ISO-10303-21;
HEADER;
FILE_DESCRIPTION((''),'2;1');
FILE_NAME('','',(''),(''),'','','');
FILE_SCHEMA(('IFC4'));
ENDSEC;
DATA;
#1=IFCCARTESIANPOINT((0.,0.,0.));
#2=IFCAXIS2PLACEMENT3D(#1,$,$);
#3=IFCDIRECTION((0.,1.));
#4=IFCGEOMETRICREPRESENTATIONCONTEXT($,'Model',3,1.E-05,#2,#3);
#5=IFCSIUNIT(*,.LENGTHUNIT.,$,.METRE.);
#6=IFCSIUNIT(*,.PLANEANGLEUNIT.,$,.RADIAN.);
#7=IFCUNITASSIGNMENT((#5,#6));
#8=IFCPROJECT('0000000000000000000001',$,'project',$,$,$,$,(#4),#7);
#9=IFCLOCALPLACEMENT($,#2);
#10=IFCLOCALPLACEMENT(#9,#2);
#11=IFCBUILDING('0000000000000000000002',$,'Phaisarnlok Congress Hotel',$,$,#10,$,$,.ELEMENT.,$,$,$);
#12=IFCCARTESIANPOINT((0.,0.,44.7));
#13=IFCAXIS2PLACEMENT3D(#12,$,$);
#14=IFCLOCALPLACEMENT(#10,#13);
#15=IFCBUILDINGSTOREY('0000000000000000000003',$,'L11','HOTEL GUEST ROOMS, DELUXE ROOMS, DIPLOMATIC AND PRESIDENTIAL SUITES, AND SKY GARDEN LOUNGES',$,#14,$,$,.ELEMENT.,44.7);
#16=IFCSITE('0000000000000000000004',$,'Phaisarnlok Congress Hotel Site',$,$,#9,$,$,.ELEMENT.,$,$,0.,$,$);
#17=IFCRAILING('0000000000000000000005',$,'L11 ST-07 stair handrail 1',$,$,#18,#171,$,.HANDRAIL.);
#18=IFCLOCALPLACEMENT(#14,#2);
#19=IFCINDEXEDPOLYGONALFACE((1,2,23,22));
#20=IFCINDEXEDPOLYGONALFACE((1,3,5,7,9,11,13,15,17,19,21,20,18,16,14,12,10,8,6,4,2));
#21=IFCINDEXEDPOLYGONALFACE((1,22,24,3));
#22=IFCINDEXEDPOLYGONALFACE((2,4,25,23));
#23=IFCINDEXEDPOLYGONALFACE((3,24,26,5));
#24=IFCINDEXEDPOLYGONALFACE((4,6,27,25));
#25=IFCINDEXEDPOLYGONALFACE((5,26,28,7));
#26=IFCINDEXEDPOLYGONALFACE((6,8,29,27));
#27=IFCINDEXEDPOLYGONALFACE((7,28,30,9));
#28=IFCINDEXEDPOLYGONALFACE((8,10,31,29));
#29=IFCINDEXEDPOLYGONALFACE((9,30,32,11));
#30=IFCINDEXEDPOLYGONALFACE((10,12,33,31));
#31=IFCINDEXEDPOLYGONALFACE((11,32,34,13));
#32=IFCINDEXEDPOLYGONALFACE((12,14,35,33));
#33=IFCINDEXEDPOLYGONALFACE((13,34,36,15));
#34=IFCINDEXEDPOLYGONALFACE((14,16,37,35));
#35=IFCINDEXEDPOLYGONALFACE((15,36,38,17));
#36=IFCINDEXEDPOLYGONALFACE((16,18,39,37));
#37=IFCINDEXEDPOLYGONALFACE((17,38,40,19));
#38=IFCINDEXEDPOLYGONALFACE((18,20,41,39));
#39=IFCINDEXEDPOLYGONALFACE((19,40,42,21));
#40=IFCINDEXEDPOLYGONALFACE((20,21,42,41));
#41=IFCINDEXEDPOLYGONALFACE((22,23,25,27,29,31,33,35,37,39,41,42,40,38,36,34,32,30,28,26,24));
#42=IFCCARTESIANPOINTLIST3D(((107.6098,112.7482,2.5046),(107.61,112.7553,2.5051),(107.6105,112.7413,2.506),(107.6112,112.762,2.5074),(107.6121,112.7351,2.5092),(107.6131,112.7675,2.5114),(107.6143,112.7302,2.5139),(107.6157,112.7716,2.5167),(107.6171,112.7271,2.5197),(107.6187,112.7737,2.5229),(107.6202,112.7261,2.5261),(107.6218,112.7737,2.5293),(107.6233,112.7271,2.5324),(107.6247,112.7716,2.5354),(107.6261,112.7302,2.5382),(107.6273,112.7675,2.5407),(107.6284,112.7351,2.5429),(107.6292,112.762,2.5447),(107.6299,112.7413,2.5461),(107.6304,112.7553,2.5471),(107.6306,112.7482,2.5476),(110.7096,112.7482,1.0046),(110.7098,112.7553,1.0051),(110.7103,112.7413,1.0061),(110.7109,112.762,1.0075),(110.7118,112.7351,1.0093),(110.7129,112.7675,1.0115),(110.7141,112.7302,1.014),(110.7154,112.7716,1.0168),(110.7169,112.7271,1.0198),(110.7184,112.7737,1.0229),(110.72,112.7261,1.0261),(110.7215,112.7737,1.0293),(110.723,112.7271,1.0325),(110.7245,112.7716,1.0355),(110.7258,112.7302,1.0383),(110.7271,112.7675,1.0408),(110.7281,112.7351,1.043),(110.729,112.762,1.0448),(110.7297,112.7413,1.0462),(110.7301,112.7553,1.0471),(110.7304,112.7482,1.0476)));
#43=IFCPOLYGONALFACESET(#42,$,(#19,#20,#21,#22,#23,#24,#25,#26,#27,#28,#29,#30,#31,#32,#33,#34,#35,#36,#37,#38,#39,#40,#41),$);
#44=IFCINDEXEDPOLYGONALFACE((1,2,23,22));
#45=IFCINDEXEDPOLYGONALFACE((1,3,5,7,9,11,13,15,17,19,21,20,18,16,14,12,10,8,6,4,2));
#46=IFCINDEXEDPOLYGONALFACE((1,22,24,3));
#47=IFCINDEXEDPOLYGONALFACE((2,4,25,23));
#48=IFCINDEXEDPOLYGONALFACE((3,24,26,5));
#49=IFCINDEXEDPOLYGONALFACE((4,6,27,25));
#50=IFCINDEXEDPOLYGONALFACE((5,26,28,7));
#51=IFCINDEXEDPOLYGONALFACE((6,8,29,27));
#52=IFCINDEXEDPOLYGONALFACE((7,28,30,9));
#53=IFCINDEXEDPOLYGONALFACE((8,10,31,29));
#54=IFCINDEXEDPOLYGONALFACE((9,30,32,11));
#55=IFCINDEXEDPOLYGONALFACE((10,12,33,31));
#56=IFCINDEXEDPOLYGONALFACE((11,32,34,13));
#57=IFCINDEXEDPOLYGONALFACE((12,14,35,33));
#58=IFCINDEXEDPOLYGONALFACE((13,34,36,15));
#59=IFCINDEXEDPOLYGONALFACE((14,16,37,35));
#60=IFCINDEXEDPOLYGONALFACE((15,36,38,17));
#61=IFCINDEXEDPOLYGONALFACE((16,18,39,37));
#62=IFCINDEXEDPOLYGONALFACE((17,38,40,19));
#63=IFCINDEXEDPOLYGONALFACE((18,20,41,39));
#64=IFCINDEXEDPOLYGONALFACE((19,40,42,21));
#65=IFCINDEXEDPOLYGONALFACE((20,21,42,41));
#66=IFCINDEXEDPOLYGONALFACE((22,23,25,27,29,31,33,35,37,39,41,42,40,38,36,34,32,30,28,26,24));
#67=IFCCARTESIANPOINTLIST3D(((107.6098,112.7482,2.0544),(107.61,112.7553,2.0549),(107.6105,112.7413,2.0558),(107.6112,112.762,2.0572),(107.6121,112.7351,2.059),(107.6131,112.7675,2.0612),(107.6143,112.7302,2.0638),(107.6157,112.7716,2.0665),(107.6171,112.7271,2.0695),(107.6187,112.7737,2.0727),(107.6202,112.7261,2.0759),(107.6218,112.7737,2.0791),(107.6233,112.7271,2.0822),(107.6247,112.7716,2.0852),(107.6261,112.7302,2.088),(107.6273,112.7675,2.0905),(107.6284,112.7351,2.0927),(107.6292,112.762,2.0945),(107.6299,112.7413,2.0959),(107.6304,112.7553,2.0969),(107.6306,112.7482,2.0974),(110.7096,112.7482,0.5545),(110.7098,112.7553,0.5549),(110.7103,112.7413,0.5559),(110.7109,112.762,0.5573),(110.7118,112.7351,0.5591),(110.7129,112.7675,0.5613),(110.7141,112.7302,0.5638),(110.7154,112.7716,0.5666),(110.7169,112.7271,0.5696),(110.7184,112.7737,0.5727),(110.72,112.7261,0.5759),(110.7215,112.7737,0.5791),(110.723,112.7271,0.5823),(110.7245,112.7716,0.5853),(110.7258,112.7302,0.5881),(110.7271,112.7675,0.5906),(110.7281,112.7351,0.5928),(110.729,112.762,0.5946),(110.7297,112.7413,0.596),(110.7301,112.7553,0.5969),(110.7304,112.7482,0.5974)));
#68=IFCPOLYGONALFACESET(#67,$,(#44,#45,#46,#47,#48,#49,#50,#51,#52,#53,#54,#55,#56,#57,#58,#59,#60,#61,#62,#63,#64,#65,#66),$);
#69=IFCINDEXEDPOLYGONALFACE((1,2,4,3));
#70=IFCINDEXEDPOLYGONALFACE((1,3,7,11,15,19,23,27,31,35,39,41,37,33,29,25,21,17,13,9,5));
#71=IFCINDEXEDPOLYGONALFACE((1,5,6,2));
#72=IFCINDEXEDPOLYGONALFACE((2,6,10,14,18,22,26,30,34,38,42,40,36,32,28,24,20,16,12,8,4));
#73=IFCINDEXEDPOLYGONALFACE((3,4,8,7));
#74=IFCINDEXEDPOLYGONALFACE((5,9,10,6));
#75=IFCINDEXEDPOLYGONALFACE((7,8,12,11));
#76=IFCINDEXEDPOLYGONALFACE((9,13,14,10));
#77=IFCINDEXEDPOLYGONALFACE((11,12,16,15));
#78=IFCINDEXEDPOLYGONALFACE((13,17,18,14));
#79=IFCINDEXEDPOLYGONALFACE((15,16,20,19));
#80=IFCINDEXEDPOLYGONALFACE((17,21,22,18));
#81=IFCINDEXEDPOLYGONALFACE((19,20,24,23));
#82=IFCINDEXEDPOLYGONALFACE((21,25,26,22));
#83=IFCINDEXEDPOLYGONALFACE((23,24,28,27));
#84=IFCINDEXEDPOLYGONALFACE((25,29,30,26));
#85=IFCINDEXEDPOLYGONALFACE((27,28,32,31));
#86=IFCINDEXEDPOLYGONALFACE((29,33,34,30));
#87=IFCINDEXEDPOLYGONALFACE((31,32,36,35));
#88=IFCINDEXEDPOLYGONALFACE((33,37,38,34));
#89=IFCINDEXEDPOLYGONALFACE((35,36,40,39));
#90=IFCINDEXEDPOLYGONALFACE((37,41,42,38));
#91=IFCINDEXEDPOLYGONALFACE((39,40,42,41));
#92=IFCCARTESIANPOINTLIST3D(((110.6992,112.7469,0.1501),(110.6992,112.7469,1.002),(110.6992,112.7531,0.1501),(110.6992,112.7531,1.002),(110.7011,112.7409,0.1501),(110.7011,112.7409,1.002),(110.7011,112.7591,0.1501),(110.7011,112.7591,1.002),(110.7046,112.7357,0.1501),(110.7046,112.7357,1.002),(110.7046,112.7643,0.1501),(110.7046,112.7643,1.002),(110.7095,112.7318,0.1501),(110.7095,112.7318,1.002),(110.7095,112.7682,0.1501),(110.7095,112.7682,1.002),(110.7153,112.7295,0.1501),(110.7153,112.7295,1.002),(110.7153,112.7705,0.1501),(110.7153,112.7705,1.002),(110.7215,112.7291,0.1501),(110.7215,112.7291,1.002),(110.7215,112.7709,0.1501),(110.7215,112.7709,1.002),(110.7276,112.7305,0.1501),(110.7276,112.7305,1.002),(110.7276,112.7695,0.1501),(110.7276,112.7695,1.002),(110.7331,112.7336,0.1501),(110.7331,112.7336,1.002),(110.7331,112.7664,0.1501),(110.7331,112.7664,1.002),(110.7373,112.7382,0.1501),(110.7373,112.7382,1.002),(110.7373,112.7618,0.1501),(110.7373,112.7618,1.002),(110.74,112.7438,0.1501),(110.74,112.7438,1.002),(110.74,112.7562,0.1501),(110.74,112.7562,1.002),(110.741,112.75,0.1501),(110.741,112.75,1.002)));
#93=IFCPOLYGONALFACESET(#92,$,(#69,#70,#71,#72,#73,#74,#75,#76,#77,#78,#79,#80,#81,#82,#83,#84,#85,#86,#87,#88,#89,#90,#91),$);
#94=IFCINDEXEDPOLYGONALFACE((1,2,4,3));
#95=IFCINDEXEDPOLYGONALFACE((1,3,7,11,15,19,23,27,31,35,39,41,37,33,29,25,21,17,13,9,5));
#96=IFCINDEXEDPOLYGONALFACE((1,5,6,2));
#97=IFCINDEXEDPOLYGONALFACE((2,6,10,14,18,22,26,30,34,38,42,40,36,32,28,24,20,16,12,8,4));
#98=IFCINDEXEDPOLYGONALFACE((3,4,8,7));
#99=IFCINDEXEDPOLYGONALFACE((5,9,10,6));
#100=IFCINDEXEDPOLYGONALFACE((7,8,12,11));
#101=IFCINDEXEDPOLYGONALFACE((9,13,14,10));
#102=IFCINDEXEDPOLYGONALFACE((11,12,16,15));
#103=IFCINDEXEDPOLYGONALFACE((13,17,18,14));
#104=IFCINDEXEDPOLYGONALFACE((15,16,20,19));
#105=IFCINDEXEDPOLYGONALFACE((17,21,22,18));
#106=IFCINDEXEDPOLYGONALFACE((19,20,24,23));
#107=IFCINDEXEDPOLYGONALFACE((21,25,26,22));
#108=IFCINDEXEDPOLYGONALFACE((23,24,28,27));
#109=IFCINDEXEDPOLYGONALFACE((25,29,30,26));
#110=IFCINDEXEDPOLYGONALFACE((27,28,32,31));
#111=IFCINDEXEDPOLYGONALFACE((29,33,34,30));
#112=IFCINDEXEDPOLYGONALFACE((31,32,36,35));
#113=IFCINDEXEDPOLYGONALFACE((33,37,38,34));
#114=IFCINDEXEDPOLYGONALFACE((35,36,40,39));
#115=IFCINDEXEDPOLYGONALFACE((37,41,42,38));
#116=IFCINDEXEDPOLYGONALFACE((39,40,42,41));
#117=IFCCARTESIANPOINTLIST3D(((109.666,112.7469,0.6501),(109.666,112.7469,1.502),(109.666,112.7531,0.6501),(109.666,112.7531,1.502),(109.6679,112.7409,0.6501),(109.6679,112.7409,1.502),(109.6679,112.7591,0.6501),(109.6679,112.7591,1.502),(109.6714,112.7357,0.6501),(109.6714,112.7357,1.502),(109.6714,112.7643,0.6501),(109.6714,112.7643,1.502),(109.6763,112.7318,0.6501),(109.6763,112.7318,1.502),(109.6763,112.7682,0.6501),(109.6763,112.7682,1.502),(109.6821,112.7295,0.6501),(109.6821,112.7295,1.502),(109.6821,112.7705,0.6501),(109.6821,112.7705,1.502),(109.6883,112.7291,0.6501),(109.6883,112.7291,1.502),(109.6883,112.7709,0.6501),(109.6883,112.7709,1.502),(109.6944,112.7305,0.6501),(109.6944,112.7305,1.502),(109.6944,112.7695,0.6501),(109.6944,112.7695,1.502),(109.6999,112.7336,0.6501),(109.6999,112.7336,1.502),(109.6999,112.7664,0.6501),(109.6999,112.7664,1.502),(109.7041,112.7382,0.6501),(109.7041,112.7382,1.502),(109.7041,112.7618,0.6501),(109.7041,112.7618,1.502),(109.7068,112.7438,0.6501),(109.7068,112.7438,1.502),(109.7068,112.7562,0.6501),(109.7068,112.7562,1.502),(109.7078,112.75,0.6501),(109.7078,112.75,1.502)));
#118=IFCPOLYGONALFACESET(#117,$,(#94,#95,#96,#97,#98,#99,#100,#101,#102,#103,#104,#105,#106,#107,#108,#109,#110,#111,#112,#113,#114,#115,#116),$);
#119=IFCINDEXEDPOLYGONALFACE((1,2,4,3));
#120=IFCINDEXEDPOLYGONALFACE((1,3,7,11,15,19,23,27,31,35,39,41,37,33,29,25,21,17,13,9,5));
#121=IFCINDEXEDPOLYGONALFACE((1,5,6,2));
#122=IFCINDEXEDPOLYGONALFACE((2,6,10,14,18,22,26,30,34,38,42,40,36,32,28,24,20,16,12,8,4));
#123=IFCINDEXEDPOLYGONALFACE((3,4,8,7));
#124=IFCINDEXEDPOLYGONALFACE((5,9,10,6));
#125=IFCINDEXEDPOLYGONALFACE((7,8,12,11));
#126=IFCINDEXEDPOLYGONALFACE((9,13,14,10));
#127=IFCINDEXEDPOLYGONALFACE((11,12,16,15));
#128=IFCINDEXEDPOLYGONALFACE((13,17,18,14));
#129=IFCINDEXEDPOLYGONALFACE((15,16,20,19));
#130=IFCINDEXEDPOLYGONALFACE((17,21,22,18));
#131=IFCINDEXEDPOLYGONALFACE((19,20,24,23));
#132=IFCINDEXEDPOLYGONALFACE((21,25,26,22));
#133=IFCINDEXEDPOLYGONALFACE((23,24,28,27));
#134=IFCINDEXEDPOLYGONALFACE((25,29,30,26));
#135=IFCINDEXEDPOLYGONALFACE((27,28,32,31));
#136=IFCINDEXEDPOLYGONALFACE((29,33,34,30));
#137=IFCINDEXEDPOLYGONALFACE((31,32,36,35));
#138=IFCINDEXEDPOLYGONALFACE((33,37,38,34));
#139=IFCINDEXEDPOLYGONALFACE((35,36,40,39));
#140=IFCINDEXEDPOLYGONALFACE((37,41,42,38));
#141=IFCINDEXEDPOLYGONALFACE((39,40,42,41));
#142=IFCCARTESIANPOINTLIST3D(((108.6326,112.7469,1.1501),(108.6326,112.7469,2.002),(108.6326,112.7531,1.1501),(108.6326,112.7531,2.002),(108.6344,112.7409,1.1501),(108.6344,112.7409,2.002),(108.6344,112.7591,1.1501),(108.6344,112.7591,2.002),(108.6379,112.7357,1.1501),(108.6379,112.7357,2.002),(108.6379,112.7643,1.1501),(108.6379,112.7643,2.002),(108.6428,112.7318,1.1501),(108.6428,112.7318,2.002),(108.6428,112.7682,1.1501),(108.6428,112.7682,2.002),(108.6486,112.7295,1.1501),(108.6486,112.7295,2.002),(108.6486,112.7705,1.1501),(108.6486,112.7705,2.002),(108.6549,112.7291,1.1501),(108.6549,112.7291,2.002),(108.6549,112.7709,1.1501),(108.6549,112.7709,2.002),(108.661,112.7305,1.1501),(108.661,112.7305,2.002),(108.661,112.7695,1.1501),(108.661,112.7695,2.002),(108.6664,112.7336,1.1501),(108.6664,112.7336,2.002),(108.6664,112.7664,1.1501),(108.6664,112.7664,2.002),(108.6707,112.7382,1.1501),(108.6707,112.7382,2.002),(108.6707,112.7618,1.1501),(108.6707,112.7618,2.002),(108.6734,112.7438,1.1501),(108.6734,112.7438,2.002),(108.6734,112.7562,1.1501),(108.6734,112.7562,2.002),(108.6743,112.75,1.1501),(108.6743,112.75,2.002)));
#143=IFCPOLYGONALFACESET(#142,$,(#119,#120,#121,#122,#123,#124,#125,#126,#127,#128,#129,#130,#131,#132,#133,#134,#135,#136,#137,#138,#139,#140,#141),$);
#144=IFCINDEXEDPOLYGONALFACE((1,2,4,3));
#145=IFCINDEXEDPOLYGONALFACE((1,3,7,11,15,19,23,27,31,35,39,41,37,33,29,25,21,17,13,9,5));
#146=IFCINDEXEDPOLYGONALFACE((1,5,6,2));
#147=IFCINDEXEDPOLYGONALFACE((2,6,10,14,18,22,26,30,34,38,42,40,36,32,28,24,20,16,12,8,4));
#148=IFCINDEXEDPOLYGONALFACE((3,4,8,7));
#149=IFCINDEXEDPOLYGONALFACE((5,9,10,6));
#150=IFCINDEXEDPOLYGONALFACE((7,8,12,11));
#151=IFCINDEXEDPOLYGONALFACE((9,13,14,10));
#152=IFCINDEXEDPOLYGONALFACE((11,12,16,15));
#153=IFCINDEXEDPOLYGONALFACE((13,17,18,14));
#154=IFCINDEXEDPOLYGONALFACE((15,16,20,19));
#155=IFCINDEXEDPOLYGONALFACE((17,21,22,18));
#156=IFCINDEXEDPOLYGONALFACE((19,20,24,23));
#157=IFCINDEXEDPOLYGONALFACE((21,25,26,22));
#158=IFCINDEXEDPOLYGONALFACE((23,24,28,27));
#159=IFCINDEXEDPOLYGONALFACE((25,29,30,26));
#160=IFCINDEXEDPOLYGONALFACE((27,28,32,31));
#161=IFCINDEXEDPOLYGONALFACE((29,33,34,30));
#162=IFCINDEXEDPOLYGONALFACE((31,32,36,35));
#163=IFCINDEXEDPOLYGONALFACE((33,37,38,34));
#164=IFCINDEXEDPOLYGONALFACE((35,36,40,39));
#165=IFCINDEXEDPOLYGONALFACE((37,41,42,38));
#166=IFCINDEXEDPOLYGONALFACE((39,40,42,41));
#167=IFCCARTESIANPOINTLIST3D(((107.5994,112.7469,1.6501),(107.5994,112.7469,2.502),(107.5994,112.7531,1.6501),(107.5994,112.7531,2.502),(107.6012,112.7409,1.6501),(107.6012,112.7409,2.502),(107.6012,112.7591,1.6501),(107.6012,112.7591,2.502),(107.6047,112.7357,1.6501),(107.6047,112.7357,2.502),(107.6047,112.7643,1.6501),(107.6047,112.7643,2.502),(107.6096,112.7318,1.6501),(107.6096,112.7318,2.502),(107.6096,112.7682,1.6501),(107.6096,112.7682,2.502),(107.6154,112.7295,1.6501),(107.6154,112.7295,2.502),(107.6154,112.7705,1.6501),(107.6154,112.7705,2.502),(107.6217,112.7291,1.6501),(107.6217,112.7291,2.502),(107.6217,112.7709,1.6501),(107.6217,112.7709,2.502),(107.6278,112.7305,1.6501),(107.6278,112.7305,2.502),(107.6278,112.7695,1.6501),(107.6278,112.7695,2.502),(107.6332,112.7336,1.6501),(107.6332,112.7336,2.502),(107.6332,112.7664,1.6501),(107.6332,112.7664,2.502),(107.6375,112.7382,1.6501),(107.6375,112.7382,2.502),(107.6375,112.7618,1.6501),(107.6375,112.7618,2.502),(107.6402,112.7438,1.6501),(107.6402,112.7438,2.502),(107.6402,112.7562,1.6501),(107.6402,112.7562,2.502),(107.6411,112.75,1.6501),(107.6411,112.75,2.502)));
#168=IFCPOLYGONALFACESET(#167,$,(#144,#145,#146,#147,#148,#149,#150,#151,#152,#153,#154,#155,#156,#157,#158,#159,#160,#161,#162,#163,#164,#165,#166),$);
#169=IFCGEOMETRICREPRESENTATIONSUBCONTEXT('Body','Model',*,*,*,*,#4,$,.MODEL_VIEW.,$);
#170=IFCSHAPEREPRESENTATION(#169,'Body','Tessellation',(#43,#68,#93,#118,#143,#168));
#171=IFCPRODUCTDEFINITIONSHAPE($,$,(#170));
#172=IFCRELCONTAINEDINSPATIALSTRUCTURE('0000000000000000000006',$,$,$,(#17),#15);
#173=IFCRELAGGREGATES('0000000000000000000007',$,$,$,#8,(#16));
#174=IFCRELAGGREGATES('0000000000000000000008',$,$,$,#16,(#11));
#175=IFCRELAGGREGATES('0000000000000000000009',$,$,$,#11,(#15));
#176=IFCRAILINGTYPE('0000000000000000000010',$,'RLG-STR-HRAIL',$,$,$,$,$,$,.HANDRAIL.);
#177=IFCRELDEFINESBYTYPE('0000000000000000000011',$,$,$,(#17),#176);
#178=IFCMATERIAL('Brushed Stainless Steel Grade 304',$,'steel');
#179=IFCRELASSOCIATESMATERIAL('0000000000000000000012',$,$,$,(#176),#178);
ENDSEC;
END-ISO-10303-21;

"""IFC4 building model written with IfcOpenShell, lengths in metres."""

from ifc_helpers import new_model, si_unit, direction, frame, origin, origin_2d, place, context, subcontext, project, spatial, circle, extrude, material, type_object, element, save


model = new_model("IFC4")

# Units and contexts
model_context = context("Model", 3, precision=1e-05, world=origin(), true_north=direction((0.0, 1.0)))
body_context = subcontext(model_context, "Body", "Model", "MODEL_VIEW")
ifc_project = project(units=[si_unit("LENGTHUNIT", "METRE"), si_unit("PLANEANGLEUNIT", "RADIAN")], contexts=[model_context])

# Site, building, storey
site_placement = place(None, origin())
site = spatial("IfcSite", under=ifc_project, at=site_placement, Name="Phaisarnlok Congress Hotel Site", CompositionType="ELEMENT", RefElevation=0.0)
building_placement = place(site_placement, origin())
building = spatial("IfcBuilding", under=site, at=building_placement, Name="Phaisarnlok Congress Hotel", CompositionType="ELEMENT")
storey_placement = place(building_placement, frame((0.0, 0.0, 44.7)))
storey = spatial("IfcBuildingStorey", under=building, at=storey_placement, Name="L11", Description="HOTEL GUEST ROOMS, DELUXE ROOMS, DIPLOMATIC AND PRESIDENTIAL SUITES, AND SKY GARDEN LOUNGES", CompositionType="ELEMENT", Elevation=44.7)

# Railing
ifc_material_1 = material(Name="Brushed Stainless Steel Grade 304", Category="steel")
railing_type_1 = type_object("IfcRailingType", Name="RLG-STR-HRAIL", PredefinedType="HANDRAIL", material=ifc_material_1)
railing_1_placement = place(storey_placement, frame((110.72, 112.75, 0.1501)))
element("IfcRailing", 1, at=railing_1_placement, inside=storey, type_object=railing_type_1, Name="L11 ST-07 stair handrail 1", PredefinedType="HANDRAIL", context=body_context, shape_type="SweptSolid", body=[
    extrude(circle(Radius=0.0239, at=origin_2d()), frame((0.0, 0.0, 0.876), z_axis=(-0.900151, 0.0, 0.435578), x_axis=(0.0, -1.0, 0.0)), (0.0, 0.0, 1.0), 3.4436),
    extrude(circle(Radius=0.0239, at=origin_2d()), frame((0.0, 0.0, 0.4258), z_axis=(-0.900151, 0.0, 0.435578), x_axis=(0.0, -1.0, 0.0)), (0.0, 0.0, 1.0), 3.4436),
    extrude(circle(Radius=0.021, at=origin_2d()), origin(), (0.0, 0.0, 1.0), 0.8518),
    extrude(circle(Radius=0.021, at=origin_2d()), frame((-1.0332, 0.0, 0.5)), (0.0, 0.0, 1.0), 0.8518),
    extrude(circle(Radius=0.021, at=origin_2d()), frame((-2.0667, 0.0, 1.0)), (0.0, 0.0, 1.0), 0.8518),
    extrude(circle(Radius=0.021, at=origin_2d()), frame((-3.0999, 0.0, 1.5)), (0.0, 0.0, 1.0), 0.8518),
])

save(model, "model.ifc")
